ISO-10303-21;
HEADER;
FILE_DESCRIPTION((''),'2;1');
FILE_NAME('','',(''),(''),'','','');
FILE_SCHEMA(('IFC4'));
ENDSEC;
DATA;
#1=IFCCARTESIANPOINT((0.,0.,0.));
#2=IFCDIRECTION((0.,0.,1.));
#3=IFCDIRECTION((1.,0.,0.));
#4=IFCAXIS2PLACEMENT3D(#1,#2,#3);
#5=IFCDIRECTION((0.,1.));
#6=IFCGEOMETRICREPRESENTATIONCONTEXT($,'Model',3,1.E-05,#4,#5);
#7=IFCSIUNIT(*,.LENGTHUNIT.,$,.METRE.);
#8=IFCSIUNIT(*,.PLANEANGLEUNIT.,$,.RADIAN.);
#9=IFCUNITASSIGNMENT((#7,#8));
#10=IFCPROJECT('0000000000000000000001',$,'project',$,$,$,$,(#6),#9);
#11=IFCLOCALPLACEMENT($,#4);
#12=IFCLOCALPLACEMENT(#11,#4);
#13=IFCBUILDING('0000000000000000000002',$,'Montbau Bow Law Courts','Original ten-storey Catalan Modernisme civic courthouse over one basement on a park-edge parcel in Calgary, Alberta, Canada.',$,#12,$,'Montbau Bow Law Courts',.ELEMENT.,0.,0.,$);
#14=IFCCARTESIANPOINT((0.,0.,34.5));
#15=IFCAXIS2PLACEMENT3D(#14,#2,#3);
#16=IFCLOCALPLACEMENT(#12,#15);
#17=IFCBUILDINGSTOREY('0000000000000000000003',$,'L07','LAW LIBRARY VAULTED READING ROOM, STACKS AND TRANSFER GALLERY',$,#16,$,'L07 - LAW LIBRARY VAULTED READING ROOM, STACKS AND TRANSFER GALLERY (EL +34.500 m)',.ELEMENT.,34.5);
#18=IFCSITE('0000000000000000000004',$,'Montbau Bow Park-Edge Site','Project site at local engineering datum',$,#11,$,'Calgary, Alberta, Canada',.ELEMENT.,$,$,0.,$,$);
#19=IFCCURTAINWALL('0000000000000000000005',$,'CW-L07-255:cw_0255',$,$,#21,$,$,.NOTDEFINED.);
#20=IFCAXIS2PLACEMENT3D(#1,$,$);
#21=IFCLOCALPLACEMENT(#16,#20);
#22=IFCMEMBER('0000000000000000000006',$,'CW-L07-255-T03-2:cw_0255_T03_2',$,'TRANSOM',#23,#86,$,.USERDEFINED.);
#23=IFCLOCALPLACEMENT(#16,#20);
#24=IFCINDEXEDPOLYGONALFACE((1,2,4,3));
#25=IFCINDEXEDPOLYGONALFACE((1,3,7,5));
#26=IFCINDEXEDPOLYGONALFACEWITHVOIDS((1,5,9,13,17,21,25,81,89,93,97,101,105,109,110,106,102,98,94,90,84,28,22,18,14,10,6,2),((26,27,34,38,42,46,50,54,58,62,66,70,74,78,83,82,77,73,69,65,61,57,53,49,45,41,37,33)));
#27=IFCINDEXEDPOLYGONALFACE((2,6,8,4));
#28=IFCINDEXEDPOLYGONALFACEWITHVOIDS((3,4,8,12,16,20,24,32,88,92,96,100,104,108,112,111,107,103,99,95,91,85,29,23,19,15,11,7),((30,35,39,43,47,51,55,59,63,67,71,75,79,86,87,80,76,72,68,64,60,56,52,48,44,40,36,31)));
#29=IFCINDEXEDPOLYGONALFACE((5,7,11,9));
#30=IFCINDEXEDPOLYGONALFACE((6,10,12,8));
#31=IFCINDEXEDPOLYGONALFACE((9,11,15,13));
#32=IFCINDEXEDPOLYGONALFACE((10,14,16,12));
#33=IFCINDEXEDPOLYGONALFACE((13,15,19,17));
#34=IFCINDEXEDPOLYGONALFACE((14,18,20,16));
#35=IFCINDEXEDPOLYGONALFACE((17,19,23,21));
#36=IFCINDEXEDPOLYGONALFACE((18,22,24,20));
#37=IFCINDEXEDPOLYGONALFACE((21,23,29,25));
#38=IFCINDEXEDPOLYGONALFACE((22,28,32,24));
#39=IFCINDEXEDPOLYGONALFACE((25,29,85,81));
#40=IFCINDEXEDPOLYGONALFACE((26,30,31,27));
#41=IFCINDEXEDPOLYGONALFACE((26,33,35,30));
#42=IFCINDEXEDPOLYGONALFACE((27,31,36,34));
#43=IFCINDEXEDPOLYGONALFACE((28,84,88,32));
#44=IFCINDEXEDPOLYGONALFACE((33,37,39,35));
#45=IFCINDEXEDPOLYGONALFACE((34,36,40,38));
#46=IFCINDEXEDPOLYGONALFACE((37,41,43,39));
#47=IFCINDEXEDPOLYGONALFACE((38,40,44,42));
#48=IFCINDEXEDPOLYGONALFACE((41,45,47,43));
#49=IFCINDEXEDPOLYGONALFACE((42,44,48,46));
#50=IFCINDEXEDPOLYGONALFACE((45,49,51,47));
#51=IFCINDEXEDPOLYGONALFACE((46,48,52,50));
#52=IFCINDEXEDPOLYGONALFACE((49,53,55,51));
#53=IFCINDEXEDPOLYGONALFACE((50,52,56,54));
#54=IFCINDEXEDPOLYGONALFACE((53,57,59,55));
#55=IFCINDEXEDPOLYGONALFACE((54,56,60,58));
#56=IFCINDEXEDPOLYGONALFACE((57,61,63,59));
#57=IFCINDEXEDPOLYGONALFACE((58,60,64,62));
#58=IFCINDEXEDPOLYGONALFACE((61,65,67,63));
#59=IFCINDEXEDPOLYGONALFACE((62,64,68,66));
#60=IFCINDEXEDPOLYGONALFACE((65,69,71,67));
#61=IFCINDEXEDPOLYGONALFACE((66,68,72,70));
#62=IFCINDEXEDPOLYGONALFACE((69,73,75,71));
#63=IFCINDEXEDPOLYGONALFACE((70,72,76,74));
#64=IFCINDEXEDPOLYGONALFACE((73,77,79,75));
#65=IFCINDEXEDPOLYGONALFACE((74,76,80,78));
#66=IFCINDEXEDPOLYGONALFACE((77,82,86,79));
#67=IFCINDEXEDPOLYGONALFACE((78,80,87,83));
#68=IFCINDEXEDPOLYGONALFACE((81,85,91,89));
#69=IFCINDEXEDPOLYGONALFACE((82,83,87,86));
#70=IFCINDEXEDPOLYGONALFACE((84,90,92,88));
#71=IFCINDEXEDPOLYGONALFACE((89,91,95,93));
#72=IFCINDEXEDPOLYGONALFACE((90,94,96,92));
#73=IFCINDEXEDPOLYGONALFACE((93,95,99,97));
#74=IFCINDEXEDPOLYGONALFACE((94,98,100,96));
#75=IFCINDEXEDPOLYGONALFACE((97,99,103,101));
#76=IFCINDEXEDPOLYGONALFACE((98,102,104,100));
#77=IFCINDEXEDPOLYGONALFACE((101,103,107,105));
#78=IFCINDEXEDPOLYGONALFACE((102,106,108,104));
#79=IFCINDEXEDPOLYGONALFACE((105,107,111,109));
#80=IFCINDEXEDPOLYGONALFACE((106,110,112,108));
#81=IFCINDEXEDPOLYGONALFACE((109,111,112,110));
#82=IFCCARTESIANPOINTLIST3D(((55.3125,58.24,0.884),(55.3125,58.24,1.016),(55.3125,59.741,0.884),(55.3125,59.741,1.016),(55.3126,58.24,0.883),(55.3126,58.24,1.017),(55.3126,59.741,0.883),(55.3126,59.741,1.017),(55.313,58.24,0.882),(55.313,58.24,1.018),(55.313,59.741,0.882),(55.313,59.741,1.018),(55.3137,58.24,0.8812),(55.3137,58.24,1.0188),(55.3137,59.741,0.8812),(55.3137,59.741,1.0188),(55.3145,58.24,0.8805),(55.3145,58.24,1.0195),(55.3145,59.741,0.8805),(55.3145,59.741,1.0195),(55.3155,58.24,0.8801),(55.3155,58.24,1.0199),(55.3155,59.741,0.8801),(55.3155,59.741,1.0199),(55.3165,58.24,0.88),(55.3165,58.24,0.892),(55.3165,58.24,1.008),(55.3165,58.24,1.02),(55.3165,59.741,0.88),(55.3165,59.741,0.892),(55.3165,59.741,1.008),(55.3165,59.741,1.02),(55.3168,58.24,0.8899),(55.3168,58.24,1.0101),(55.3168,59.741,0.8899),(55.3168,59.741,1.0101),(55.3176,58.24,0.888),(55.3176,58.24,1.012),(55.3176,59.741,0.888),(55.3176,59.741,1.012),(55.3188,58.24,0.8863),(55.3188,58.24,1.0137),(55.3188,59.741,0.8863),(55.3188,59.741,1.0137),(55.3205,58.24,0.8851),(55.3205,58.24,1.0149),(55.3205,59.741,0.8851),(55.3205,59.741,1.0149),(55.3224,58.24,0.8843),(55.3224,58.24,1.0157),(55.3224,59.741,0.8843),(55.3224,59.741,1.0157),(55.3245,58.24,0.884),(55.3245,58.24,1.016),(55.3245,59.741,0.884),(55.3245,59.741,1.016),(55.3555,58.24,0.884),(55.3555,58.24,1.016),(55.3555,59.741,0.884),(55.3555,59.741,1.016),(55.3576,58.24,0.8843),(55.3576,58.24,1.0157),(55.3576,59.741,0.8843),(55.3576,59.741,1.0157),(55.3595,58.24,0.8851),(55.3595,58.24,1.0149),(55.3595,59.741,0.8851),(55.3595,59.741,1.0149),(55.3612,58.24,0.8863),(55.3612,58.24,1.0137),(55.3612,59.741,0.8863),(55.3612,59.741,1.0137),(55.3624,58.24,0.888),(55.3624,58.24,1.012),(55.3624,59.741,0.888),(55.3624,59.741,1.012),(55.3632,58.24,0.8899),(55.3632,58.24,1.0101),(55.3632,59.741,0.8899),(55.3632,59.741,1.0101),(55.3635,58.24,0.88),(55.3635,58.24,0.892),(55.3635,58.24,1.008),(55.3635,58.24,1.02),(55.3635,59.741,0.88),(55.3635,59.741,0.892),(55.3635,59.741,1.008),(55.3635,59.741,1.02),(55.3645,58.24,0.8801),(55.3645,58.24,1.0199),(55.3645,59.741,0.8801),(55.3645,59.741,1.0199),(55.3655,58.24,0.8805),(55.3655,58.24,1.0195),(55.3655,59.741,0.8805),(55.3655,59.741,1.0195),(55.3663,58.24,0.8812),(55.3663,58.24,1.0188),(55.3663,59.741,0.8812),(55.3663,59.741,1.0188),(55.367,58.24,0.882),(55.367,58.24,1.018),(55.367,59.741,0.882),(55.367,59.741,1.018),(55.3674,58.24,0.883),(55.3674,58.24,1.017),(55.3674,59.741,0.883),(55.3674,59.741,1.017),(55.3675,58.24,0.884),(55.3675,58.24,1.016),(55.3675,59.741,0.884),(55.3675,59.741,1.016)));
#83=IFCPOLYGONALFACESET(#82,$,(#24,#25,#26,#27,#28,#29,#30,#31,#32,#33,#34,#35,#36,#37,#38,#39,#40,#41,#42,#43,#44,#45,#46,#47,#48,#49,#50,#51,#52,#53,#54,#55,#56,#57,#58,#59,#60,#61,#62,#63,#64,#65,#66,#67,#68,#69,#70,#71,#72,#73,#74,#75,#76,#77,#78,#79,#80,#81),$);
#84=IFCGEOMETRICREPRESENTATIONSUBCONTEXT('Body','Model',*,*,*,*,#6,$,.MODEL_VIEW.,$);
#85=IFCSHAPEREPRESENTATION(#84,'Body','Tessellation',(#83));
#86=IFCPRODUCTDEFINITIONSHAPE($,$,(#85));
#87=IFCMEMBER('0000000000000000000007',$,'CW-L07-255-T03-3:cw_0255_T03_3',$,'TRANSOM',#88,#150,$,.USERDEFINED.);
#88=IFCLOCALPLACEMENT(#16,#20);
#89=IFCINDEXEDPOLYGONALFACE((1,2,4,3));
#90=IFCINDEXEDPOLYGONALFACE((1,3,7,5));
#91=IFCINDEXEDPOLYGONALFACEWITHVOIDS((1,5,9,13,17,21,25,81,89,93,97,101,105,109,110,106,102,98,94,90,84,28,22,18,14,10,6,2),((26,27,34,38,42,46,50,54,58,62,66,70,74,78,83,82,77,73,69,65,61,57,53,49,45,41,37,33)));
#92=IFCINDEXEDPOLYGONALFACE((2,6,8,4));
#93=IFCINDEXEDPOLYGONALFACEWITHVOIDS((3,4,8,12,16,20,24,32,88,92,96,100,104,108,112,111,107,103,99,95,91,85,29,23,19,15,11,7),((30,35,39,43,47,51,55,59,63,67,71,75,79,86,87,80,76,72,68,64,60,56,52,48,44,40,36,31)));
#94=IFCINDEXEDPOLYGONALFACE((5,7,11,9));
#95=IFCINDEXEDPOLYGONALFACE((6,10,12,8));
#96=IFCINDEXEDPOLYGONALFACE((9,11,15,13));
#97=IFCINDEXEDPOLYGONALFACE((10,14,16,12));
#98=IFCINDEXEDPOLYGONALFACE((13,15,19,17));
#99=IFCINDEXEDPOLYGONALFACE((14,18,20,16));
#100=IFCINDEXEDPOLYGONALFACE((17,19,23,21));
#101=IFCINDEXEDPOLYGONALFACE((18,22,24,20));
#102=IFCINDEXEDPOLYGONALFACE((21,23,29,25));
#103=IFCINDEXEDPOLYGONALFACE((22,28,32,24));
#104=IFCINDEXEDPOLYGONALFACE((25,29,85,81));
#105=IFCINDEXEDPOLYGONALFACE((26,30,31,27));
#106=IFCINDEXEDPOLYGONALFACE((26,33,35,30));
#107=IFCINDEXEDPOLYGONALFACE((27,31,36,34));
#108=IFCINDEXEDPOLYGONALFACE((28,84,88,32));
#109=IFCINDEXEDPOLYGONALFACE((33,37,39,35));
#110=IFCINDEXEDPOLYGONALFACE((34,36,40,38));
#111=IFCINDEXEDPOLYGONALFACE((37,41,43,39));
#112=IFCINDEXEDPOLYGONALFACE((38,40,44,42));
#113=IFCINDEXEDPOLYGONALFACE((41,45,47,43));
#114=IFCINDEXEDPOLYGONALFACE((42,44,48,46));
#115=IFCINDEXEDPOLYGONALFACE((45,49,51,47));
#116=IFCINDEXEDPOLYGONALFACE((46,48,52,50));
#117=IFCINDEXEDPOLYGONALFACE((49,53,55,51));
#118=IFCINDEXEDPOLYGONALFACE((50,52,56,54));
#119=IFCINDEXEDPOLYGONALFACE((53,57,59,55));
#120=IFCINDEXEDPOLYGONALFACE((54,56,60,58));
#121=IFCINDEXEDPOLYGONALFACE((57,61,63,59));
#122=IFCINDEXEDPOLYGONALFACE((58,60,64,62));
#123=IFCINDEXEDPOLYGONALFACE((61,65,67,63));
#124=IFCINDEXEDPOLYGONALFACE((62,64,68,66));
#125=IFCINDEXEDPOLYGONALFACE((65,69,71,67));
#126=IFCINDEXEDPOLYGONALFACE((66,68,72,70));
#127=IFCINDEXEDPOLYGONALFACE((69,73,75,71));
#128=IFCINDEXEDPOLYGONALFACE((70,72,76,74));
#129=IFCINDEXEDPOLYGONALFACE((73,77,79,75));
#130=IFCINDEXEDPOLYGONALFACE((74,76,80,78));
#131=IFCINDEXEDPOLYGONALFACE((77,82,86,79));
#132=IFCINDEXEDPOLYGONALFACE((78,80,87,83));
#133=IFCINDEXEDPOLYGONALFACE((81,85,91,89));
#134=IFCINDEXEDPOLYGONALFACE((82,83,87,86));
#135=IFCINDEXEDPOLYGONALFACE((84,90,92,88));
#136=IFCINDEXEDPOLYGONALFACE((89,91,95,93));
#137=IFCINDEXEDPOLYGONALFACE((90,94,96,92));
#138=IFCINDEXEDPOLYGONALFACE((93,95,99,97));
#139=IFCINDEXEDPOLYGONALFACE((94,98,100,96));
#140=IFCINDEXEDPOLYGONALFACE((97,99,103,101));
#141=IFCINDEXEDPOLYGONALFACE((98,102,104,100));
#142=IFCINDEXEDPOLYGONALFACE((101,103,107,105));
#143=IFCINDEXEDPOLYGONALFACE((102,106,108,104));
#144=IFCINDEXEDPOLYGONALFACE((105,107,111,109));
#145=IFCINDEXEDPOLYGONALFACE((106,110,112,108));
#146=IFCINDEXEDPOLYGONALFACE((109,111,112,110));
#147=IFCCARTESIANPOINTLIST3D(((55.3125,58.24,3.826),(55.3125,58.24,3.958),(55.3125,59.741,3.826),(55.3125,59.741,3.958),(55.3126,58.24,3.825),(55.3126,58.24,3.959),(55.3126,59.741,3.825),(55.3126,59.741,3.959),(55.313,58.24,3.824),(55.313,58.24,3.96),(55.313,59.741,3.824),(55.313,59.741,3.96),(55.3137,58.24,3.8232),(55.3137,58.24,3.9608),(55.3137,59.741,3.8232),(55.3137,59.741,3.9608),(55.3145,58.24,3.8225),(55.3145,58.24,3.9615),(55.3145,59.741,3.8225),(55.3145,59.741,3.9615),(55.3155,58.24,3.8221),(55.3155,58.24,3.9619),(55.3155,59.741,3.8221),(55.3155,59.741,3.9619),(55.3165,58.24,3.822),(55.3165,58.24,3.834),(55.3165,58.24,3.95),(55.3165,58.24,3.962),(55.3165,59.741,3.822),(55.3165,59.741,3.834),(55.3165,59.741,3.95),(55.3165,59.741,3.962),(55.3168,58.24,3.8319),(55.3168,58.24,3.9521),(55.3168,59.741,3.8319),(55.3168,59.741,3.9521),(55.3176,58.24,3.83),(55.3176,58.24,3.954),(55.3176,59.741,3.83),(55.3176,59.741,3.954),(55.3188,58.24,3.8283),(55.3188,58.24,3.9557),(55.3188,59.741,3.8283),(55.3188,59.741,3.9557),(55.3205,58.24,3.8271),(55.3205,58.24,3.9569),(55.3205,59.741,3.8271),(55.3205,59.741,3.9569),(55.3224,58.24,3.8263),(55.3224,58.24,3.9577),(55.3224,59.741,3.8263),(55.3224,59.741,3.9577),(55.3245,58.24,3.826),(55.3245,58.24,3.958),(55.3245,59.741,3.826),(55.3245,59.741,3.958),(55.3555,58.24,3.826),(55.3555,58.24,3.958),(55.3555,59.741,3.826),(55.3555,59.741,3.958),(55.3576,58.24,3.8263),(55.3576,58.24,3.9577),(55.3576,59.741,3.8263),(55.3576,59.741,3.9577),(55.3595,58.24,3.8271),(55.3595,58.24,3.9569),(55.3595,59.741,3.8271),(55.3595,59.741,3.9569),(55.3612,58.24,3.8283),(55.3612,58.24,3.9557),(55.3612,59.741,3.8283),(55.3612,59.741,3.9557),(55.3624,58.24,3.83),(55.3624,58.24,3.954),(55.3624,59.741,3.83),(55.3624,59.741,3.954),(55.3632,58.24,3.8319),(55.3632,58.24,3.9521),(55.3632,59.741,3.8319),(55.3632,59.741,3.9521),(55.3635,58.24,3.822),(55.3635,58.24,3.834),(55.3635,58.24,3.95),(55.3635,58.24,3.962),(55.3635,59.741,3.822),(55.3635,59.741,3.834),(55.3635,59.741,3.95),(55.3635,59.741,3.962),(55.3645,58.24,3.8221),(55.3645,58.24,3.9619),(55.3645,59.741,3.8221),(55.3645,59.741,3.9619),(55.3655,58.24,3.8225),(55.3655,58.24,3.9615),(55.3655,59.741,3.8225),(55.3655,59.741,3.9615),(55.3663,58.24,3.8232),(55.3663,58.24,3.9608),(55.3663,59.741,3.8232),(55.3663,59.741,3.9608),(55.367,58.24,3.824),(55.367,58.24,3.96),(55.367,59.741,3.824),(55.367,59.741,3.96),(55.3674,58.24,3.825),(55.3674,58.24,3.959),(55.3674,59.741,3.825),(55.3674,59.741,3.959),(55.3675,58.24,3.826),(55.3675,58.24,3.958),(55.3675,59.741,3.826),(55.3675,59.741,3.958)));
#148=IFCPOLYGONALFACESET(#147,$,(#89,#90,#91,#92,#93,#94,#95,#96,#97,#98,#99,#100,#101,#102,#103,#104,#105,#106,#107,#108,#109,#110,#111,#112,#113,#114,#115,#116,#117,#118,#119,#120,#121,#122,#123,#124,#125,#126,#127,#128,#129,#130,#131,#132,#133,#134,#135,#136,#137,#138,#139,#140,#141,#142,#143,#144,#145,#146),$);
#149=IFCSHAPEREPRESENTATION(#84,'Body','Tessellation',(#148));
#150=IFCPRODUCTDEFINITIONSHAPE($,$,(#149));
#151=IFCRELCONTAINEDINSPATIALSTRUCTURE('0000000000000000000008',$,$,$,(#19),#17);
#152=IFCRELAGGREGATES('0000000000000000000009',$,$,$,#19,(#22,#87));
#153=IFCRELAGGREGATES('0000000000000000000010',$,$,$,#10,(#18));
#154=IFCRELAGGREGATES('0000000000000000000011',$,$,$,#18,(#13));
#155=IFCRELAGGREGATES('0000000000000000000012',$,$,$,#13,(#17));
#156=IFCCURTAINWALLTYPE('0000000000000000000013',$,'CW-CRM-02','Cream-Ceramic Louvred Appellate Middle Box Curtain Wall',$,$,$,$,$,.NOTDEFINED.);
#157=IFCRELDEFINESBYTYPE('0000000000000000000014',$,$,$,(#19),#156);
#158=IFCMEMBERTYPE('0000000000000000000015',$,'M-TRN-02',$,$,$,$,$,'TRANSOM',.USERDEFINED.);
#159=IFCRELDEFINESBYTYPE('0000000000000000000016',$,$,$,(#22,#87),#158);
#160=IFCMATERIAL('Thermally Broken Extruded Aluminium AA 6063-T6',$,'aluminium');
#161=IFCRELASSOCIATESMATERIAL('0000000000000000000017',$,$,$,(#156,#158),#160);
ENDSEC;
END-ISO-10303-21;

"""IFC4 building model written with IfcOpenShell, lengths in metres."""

from ifc_helpers import new_model, si_unit, direction, frame, origin_with_axes, origin_2d_with_axis, place, context, subcontext, project, spatial, hollow_rectangle, extrude, material, material_profile, profile_set, type_object, element, aggregate, save


model = new_model("IFC4")

# Units and contexts
model_context = context("Model", 3, precision=1e-05, world=origin_with_axes(), true_north=direction((0.0, 1.0)))
body_context = subcontext(model_context, "Body", "Model", "MODEL_VIEW")
ifc_project = project(units=[si_unit("LENGTHUNIT", "METRE"), si_unit("PLANEANGLEUNIT", "RADIAN")], contexts=[model_context])

# Site, building, storey
site_placement = place(None, origin_with_axes())
site = spatial("IfcSite", under=ifc_project, at=site_placement, Name="Montbau Bow Park-Edge Site", Description="Project site at local engineering datum", LongName="Calgary, Alberta, Canada", CompositionType="ELEMENT", RefElevation=0.0)
building_placement = place(site_placement, origin_with_axes())
building = spatial("IfcBuilding", under=site, at=building_placement, Name="Montbau Bow Law Courts", Description="Original ten-storey Catalan Modernisme civic courthouse over one basement on a park-edge parcel in Calgary, Alberta, Canada.", LongName="Montbau Bow Law Courts", CompositionType="ELEMENT", ElevationOfRefHeight=0.0, ElevationOfTerrain=0.0)
storey_placement = place(building_placement, frame((0.0, 0.0, 34.5), z_axis=(0.0, 0.0, 1.0), x_axis=(1.0, 0.0, 0.0)))
storey = spatial("IfcBuildingStorey", under=building, at=storey_placement, Name="L07", Description="LAW LIBRARY VAULTED READING ROOM, STACKS AND TRANSFER GALLERY", LongName="L07 - LAW LIBRARY VAULTED READING ROOM, STACKS AND TRANSFER GALLERY (EL +34.500 m)", CompositionType="ELEMENT", Elevation=34.5)

# Curtain wall
ifc_material_1 = material(Name="Thermally Broken Extruded Aluminium AA 6063-T6", Category="aluminium")
curtain_wall_type = type_object("IfcCurtainWallType", Name="CW-CRM-02", Description="Cream-Ceramic Louvred Appellate Middle Box Curtain Wall", PredefinedType="NOTDEFINED", material=ifc_material_1)
curtain_wall_1_placement = place(None, frame((55.34, 55.04, 34.5), z_axis=(0.0, 0.0, 1.0), x_axis=(1.0, 0.0, 0.0)))
curtain_wall_1 = element("IfcCurtainWall", 1, at=curtain_wall_1_placement, inside=storey, type_object=curtain_wall_type, Name="CW-L07-255:cw_0255", PredefinedType="NOTDEFINED")
ifc_material_profile_1 = material_profile(ifc_material_1, hollow_rectangle(XDim=0.055, YDim=0.14, WallThickness=0.004, InnerFilletRadius=0.008, OuterFilletRadius=0.004, at=origin_2d_with_axis()), Name="CWT-140X55", Category="Main", Priority=0)
ifc_profile_set_1 = profile_set([ifc_material_profile_1], Name="Thermally Broken Extruded Aluminium AA 6063-T6")
member_type_1 = type_object("IfcMemberType", Name="M-TRN-02", ElementType="TRANSOM", PredefinedType="USERDEFINED", material=ifc_profile_set_1)

# Members
member_1_placement = place(None, frame((55.34, 58.24, 35.45), z_axis=(0.0, 1.0, 0.0), x_axis=(-1.0, 0.0, 0.0)))
member_1 = element("IfcMember", 2, at=member_1_placement, type_object=member_type_1, Name="CW-L07-255-T03-2:cw_0255_T03_2", ObjectType="TRANSOM", PredefinedType="USERDEFINED", context=body_context, shape_type="SweptSolid", body=[
    extrude(hollow_rectangle(XDim=0.055, YDim=0.14, WallThickness=0.004, InnerFilletRadius=0.008, OuterFilletRadius=0.004, at=origin_2d_with_axis()), origin_with_axes(), (0.0, 0.0, 1.0), 1.501),
])
member_2_placement = place(None, frame((55.34, 58.24, 38.392), z_axis=(0.0, 1.0, 0.0), x_axis=(-1.0, 0.0, 0.0)))
member_2 = element("IfcMember", 3, at=member_2_placement, type_object=member_type_1, Name="CW-L07-255-T03-3:cw_0255_T03_3", ObjectType="TRANSOM", PredefinedType="USERDEFINED", context=body_context, shape_type="SweptSolid", body=[
    extrude(hollow_rectangle(XDim=0.055, YDim=0.14, WallThickness=0.004, InnerFilletRadius=0.008, OuterFilletRadius=0.004, at=origin_2d_with_axis()), origin_with_axes(), (0.0, 0.0, 1.0), 1.501),
])

aggregate(curtain_wall_1, [member_1, member_2])

save(model, "model.ifc")
